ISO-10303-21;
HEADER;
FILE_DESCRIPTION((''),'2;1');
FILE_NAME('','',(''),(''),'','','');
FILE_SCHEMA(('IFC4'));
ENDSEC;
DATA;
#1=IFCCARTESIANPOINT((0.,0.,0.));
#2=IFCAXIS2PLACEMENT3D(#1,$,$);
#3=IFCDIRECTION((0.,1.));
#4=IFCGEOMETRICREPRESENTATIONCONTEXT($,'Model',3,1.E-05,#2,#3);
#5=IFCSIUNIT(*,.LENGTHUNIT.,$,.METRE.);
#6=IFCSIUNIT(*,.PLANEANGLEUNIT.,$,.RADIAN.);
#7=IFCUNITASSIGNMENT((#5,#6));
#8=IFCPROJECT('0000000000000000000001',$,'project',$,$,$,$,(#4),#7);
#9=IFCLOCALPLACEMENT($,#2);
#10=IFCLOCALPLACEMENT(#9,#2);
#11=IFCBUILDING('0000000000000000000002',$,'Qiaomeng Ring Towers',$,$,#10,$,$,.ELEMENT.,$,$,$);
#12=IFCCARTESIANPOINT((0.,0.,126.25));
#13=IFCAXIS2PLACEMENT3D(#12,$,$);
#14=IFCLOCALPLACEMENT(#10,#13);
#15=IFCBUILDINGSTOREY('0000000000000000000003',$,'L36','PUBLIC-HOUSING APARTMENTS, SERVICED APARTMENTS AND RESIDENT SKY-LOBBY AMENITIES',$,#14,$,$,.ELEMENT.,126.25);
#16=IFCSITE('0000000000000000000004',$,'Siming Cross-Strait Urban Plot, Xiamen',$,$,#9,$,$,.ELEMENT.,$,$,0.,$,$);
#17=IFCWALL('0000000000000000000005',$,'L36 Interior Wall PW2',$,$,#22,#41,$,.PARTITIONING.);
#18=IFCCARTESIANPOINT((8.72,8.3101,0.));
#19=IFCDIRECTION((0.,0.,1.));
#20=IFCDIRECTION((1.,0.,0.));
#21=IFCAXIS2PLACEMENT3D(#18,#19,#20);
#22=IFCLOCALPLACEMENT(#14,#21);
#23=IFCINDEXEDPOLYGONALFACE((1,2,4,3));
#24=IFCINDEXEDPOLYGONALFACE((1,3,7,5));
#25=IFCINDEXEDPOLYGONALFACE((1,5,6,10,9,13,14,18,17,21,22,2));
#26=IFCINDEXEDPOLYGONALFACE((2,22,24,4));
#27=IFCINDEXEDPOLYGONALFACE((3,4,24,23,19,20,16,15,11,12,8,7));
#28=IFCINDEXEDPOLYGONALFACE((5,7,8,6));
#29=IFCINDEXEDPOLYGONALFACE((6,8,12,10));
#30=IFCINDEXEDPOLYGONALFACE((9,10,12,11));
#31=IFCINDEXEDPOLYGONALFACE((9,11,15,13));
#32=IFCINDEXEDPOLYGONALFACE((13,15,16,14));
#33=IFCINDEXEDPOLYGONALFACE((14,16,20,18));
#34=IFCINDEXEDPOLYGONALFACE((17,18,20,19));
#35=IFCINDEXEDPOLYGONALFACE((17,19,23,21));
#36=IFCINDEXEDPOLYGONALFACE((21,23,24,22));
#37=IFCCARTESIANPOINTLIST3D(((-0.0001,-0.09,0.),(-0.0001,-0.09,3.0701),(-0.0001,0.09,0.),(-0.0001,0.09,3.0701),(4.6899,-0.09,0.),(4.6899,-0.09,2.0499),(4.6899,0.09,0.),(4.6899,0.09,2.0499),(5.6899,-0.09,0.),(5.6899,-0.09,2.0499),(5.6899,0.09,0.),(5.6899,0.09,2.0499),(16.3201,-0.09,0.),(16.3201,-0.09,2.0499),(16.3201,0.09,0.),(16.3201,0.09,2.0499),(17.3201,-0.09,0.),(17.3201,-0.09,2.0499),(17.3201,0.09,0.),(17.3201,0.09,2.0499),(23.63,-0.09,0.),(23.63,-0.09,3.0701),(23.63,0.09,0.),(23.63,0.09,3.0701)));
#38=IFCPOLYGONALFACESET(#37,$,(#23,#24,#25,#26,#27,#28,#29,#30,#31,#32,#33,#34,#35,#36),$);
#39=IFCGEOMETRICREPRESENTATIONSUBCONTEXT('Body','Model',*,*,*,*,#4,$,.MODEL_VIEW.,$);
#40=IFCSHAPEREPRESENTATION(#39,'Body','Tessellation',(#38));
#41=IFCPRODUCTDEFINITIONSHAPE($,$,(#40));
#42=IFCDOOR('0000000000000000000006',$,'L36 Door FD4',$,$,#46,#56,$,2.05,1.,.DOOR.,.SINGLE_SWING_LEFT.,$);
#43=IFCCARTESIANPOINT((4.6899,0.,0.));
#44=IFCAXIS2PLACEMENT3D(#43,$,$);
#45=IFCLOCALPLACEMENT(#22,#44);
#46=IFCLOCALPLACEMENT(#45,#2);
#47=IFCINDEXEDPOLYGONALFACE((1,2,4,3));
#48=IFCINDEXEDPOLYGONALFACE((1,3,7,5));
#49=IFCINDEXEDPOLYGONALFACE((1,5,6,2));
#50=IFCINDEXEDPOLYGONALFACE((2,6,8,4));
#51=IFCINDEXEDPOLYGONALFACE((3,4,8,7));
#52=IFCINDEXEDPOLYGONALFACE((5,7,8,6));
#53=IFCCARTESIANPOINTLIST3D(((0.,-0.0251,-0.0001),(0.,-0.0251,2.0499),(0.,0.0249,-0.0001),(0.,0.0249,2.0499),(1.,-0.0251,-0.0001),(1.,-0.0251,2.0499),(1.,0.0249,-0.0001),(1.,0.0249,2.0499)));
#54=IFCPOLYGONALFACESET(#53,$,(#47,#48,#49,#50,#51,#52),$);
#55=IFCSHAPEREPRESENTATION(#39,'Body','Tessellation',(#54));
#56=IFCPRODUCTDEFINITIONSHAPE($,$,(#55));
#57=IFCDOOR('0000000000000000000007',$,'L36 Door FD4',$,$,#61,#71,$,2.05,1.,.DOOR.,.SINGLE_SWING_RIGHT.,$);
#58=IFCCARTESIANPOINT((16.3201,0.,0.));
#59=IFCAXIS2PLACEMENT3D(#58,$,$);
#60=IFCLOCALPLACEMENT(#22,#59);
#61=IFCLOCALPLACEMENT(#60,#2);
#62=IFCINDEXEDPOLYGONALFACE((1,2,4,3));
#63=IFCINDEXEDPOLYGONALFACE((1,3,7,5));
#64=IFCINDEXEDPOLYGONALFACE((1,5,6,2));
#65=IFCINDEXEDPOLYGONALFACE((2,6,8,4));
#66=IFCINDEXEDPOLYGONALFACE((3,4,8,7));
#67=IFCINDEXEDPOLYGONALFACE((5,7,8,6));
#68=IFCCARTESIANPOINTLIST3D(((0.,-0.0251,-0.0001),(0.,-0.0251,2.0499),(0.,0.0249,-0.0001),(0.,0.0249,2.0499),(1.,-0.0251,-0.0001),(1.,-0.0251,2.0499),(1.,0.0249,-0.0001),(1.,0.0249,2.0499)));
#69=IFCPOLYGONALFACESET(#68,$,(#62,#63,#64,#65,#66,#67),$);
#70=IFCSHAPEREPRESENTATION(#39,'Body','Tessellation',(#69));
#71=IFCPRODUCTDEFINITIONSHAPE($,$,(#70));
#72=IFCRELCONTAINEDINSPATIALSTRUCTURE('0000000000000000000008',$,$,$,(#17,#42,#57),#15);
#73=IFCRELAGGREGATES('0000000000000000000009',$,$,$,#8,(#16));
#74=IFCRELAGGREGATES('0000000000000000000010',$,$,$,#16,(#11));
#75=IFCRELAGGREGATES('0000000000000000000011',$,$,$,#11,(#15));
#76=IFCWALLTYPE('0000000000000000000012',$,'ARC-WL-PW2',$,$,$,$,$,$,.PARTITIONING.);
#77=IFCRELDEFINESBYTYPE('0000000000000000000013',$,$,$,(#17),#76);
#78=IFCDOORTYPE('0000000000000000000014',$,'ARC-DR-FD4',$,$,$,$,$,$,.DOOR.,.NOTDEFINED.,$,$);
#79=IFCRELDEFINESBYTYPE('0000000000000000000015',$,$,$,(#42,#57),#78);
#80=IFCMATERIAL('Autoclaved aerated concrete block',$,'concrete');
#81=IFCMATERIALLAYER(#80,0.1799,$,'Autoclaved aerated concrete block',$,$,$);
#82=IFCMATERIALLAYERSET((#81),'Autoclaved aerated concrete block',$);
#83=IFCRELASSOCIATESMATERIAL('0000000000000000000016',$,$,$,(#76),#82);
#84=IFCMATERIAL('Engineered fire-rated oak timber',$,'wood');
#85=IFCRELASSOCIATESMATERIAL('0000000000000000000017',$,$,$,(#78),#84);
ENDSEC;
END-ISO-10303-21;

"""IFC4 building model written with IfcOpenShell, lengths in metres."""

from ifc_helpers import new_model, si_unit, direction, frame, frame_2d, origin, place, context, subcontext, project, spatial, rectangle, extrude, source, transform, mapped, material, layer, layer_set, type_object, element, fill, save


model = new_model("IFC4")

# Units and contexts
model_context = context("Model", 3, precision=1e-05, world=origin(), true_north=direction((0.0, 1.0)))
body_context = subcontext(model_context, "Body", "Model", "MODEL_VIEW")
ifc_project = project(units=[si_unit("LENGTHUNIT", "METRE"), si_unit("PLANEANGLEUNIT", "RADIAN")], contexts=[model_context])

# Site, building, storey
site_placement = place(None, origin())
site = spatial("IfcSite", under=ifc_project, at=site_placement, Name="Siming Cross-Strait Urban Plot, Xiamen", CompositionType="ELEMENT", RefElevation=0.0)
building_placement = place(site_placement, origin())
building = spatial("IfcBuilding", under=site, at=building_placement, Name="Qiaomeng Ring Towers", CompositionType="ELEMENT")
storey_placement = place(building_placement, frame((0.0, 0.0, 126.25)))
storey = spatial("IfcBuildingStorey", under=building, at=storey_placement, Name="L36", Description="PUBLIC-HOUSING APARTMENTS, SERVICED APARTMENTS AND RESIDENT SKY-LOBBY AMENITIES", CompositionType="ELEMENT", Elevation=126.25)

# Shared definitions
ifc_material_1 = material(Name="Autoclaved aerated concrete block", Category="concrete")

# Wall, openings, doors
ifc_layer_1 = layer(ifc_material_1, 0.1799, Name="Autoclaved aerated concrete block")
ifc_layer_set_1 = layer_set([ifc_layer_1], Name="Autoclaved aerated concrete block")
wall_type_1 = type_object("IfcWallType", Name="ARC-WL-PW2", PredefinedType="PARTITIONING", material=ifc_layer_set_1)
wall_1_placement = place(storey_placement, frame((8.72, 8.3101, 0.0), z_axis=(0.0, 0.0, 1.0), x_axis=(1.0, 0.0, 0.0)))
wall_1 = element("IfcWall", 1, at=wall_1_placement, inside=storey, type_object=wall_type_1, Name="L36 Interior Wall PW2", PredefinedType="PARTITIONING", context=body_context, shape_type="SweptSolid", body=[
    extrude(rectangle(XDim=23.6301, YDim=0.1799, at=frame_2d((11.8149, 0.0))), origin(), (0.0, 0.0, 1.0), 3.0701),
])
opening_1_placement = place(wall_1_placement, frame((4.6899, 0.0, 0.0)))
opening_1 = element("IfcOpeningElement", 2, at=opening_1_placement, cuts=wall_1, PredefinedType="OPENING", context=body_context, shape_type="SweptSolid", body=[
    extrude(rectangle(XDim=1.0, YDim=2.05, at=frame_2d((0.5, 1.0249))), frame((0.0, 0.0999, 0.0), z_axis=(0.0, -1.0, 0.0), x_axis=(1.0, 0.0, 0.0)), (0.0, 0.0, 1.0), 0.2),
])
opening_2_placement = place(wall_1_placement, frame((16.3201, 0.0, 0.0)))
opening_2 = element("IfcOpeningElement", 3, at=opening_2_placement, cuts=wall_1, PredefinedType="OPENING", context=body_context, shape_type="SweptSolid", body=[
    extrude(rectangle(XDim=1.0, YDim=2.05, at=frame_2d((0.5, 1.0249))), frame((0.0, 0.0999, 0.0), z_axis=(0.0, -1.0, 0.0), x_axis=(1.0, 0.0, 0.0)), (0.0, 0.0, 1.0), 0.2),
])
ifc_material_2 = material(Name="Engineered fire-rated oak timber", Category="wood")
door_type_1 = type_object("IfcDoorType", Name="ARC-DR-FD4", OperationType="NOTDEFINED", PredefinedType="DOOR", material=ifc_material_2)
shared_shape_1 = source(origin(), body_context, "Body", "SweptSolid", [
    extrude(rectangle(XDim=1.0, YDim=2.05, at=frame_2d((0.5, 1.0249))), frame((0.0, 0.0249, 0.0), z_axis=(0.0, -1.0, 0.0), x_axis=(1.0, 0.0, 0.0)), (0.0, 0.0, 1.0), 0.05),
])
door_1_placement = place(opening_1_placement, origin())
door_1 = element("IfcDoor", 4, at=door_1_placement, inside=storey, type_object=door_type_1, Name="L36 Door FD4", OperationType="SINGLE_SWING_LEFT", OverallHeight=2.05, OverallWidth=1.0, PredefinedType="DOOR", context=body_context, shape_type="MappedRepresentation", body=[
    mapped(shared_shape_1, transform((0.0, 0.0, 0.0), x_axis=(1.0, 0.0, 0.0), y_axis=(0.0, 1.0, 0.0), z_axis=(0.0, 0.0, 1.0), scale=1.0)),
])
fill(opening_1, door_1)
door_2_placement = place(opening_2_placement, origin())
door_2 = element("IfcDoor", 5, at=door_2_placement, inside=storey, type_object=door_type_1, Name="L36 Door FD4", OperationType="SINGLE_SWING_RIGHT", OverallHeight=2.05, OverallWidth=1.0, PredefinedType="DOOR", context=body_context, shape_type="MappedRepresentation", body=[
    mapped(shared_shape_1, transform((0.0, 0.0, 0.0), x_axis=(1.0, 0.0, 0.0), y_axis=(0.0, 1.0, 0.0), z_axis=(0.0, 0.0, 1.0), scale=1.0)),
])
fill(opening_2, door_2)

save(model, "model.ifc")
